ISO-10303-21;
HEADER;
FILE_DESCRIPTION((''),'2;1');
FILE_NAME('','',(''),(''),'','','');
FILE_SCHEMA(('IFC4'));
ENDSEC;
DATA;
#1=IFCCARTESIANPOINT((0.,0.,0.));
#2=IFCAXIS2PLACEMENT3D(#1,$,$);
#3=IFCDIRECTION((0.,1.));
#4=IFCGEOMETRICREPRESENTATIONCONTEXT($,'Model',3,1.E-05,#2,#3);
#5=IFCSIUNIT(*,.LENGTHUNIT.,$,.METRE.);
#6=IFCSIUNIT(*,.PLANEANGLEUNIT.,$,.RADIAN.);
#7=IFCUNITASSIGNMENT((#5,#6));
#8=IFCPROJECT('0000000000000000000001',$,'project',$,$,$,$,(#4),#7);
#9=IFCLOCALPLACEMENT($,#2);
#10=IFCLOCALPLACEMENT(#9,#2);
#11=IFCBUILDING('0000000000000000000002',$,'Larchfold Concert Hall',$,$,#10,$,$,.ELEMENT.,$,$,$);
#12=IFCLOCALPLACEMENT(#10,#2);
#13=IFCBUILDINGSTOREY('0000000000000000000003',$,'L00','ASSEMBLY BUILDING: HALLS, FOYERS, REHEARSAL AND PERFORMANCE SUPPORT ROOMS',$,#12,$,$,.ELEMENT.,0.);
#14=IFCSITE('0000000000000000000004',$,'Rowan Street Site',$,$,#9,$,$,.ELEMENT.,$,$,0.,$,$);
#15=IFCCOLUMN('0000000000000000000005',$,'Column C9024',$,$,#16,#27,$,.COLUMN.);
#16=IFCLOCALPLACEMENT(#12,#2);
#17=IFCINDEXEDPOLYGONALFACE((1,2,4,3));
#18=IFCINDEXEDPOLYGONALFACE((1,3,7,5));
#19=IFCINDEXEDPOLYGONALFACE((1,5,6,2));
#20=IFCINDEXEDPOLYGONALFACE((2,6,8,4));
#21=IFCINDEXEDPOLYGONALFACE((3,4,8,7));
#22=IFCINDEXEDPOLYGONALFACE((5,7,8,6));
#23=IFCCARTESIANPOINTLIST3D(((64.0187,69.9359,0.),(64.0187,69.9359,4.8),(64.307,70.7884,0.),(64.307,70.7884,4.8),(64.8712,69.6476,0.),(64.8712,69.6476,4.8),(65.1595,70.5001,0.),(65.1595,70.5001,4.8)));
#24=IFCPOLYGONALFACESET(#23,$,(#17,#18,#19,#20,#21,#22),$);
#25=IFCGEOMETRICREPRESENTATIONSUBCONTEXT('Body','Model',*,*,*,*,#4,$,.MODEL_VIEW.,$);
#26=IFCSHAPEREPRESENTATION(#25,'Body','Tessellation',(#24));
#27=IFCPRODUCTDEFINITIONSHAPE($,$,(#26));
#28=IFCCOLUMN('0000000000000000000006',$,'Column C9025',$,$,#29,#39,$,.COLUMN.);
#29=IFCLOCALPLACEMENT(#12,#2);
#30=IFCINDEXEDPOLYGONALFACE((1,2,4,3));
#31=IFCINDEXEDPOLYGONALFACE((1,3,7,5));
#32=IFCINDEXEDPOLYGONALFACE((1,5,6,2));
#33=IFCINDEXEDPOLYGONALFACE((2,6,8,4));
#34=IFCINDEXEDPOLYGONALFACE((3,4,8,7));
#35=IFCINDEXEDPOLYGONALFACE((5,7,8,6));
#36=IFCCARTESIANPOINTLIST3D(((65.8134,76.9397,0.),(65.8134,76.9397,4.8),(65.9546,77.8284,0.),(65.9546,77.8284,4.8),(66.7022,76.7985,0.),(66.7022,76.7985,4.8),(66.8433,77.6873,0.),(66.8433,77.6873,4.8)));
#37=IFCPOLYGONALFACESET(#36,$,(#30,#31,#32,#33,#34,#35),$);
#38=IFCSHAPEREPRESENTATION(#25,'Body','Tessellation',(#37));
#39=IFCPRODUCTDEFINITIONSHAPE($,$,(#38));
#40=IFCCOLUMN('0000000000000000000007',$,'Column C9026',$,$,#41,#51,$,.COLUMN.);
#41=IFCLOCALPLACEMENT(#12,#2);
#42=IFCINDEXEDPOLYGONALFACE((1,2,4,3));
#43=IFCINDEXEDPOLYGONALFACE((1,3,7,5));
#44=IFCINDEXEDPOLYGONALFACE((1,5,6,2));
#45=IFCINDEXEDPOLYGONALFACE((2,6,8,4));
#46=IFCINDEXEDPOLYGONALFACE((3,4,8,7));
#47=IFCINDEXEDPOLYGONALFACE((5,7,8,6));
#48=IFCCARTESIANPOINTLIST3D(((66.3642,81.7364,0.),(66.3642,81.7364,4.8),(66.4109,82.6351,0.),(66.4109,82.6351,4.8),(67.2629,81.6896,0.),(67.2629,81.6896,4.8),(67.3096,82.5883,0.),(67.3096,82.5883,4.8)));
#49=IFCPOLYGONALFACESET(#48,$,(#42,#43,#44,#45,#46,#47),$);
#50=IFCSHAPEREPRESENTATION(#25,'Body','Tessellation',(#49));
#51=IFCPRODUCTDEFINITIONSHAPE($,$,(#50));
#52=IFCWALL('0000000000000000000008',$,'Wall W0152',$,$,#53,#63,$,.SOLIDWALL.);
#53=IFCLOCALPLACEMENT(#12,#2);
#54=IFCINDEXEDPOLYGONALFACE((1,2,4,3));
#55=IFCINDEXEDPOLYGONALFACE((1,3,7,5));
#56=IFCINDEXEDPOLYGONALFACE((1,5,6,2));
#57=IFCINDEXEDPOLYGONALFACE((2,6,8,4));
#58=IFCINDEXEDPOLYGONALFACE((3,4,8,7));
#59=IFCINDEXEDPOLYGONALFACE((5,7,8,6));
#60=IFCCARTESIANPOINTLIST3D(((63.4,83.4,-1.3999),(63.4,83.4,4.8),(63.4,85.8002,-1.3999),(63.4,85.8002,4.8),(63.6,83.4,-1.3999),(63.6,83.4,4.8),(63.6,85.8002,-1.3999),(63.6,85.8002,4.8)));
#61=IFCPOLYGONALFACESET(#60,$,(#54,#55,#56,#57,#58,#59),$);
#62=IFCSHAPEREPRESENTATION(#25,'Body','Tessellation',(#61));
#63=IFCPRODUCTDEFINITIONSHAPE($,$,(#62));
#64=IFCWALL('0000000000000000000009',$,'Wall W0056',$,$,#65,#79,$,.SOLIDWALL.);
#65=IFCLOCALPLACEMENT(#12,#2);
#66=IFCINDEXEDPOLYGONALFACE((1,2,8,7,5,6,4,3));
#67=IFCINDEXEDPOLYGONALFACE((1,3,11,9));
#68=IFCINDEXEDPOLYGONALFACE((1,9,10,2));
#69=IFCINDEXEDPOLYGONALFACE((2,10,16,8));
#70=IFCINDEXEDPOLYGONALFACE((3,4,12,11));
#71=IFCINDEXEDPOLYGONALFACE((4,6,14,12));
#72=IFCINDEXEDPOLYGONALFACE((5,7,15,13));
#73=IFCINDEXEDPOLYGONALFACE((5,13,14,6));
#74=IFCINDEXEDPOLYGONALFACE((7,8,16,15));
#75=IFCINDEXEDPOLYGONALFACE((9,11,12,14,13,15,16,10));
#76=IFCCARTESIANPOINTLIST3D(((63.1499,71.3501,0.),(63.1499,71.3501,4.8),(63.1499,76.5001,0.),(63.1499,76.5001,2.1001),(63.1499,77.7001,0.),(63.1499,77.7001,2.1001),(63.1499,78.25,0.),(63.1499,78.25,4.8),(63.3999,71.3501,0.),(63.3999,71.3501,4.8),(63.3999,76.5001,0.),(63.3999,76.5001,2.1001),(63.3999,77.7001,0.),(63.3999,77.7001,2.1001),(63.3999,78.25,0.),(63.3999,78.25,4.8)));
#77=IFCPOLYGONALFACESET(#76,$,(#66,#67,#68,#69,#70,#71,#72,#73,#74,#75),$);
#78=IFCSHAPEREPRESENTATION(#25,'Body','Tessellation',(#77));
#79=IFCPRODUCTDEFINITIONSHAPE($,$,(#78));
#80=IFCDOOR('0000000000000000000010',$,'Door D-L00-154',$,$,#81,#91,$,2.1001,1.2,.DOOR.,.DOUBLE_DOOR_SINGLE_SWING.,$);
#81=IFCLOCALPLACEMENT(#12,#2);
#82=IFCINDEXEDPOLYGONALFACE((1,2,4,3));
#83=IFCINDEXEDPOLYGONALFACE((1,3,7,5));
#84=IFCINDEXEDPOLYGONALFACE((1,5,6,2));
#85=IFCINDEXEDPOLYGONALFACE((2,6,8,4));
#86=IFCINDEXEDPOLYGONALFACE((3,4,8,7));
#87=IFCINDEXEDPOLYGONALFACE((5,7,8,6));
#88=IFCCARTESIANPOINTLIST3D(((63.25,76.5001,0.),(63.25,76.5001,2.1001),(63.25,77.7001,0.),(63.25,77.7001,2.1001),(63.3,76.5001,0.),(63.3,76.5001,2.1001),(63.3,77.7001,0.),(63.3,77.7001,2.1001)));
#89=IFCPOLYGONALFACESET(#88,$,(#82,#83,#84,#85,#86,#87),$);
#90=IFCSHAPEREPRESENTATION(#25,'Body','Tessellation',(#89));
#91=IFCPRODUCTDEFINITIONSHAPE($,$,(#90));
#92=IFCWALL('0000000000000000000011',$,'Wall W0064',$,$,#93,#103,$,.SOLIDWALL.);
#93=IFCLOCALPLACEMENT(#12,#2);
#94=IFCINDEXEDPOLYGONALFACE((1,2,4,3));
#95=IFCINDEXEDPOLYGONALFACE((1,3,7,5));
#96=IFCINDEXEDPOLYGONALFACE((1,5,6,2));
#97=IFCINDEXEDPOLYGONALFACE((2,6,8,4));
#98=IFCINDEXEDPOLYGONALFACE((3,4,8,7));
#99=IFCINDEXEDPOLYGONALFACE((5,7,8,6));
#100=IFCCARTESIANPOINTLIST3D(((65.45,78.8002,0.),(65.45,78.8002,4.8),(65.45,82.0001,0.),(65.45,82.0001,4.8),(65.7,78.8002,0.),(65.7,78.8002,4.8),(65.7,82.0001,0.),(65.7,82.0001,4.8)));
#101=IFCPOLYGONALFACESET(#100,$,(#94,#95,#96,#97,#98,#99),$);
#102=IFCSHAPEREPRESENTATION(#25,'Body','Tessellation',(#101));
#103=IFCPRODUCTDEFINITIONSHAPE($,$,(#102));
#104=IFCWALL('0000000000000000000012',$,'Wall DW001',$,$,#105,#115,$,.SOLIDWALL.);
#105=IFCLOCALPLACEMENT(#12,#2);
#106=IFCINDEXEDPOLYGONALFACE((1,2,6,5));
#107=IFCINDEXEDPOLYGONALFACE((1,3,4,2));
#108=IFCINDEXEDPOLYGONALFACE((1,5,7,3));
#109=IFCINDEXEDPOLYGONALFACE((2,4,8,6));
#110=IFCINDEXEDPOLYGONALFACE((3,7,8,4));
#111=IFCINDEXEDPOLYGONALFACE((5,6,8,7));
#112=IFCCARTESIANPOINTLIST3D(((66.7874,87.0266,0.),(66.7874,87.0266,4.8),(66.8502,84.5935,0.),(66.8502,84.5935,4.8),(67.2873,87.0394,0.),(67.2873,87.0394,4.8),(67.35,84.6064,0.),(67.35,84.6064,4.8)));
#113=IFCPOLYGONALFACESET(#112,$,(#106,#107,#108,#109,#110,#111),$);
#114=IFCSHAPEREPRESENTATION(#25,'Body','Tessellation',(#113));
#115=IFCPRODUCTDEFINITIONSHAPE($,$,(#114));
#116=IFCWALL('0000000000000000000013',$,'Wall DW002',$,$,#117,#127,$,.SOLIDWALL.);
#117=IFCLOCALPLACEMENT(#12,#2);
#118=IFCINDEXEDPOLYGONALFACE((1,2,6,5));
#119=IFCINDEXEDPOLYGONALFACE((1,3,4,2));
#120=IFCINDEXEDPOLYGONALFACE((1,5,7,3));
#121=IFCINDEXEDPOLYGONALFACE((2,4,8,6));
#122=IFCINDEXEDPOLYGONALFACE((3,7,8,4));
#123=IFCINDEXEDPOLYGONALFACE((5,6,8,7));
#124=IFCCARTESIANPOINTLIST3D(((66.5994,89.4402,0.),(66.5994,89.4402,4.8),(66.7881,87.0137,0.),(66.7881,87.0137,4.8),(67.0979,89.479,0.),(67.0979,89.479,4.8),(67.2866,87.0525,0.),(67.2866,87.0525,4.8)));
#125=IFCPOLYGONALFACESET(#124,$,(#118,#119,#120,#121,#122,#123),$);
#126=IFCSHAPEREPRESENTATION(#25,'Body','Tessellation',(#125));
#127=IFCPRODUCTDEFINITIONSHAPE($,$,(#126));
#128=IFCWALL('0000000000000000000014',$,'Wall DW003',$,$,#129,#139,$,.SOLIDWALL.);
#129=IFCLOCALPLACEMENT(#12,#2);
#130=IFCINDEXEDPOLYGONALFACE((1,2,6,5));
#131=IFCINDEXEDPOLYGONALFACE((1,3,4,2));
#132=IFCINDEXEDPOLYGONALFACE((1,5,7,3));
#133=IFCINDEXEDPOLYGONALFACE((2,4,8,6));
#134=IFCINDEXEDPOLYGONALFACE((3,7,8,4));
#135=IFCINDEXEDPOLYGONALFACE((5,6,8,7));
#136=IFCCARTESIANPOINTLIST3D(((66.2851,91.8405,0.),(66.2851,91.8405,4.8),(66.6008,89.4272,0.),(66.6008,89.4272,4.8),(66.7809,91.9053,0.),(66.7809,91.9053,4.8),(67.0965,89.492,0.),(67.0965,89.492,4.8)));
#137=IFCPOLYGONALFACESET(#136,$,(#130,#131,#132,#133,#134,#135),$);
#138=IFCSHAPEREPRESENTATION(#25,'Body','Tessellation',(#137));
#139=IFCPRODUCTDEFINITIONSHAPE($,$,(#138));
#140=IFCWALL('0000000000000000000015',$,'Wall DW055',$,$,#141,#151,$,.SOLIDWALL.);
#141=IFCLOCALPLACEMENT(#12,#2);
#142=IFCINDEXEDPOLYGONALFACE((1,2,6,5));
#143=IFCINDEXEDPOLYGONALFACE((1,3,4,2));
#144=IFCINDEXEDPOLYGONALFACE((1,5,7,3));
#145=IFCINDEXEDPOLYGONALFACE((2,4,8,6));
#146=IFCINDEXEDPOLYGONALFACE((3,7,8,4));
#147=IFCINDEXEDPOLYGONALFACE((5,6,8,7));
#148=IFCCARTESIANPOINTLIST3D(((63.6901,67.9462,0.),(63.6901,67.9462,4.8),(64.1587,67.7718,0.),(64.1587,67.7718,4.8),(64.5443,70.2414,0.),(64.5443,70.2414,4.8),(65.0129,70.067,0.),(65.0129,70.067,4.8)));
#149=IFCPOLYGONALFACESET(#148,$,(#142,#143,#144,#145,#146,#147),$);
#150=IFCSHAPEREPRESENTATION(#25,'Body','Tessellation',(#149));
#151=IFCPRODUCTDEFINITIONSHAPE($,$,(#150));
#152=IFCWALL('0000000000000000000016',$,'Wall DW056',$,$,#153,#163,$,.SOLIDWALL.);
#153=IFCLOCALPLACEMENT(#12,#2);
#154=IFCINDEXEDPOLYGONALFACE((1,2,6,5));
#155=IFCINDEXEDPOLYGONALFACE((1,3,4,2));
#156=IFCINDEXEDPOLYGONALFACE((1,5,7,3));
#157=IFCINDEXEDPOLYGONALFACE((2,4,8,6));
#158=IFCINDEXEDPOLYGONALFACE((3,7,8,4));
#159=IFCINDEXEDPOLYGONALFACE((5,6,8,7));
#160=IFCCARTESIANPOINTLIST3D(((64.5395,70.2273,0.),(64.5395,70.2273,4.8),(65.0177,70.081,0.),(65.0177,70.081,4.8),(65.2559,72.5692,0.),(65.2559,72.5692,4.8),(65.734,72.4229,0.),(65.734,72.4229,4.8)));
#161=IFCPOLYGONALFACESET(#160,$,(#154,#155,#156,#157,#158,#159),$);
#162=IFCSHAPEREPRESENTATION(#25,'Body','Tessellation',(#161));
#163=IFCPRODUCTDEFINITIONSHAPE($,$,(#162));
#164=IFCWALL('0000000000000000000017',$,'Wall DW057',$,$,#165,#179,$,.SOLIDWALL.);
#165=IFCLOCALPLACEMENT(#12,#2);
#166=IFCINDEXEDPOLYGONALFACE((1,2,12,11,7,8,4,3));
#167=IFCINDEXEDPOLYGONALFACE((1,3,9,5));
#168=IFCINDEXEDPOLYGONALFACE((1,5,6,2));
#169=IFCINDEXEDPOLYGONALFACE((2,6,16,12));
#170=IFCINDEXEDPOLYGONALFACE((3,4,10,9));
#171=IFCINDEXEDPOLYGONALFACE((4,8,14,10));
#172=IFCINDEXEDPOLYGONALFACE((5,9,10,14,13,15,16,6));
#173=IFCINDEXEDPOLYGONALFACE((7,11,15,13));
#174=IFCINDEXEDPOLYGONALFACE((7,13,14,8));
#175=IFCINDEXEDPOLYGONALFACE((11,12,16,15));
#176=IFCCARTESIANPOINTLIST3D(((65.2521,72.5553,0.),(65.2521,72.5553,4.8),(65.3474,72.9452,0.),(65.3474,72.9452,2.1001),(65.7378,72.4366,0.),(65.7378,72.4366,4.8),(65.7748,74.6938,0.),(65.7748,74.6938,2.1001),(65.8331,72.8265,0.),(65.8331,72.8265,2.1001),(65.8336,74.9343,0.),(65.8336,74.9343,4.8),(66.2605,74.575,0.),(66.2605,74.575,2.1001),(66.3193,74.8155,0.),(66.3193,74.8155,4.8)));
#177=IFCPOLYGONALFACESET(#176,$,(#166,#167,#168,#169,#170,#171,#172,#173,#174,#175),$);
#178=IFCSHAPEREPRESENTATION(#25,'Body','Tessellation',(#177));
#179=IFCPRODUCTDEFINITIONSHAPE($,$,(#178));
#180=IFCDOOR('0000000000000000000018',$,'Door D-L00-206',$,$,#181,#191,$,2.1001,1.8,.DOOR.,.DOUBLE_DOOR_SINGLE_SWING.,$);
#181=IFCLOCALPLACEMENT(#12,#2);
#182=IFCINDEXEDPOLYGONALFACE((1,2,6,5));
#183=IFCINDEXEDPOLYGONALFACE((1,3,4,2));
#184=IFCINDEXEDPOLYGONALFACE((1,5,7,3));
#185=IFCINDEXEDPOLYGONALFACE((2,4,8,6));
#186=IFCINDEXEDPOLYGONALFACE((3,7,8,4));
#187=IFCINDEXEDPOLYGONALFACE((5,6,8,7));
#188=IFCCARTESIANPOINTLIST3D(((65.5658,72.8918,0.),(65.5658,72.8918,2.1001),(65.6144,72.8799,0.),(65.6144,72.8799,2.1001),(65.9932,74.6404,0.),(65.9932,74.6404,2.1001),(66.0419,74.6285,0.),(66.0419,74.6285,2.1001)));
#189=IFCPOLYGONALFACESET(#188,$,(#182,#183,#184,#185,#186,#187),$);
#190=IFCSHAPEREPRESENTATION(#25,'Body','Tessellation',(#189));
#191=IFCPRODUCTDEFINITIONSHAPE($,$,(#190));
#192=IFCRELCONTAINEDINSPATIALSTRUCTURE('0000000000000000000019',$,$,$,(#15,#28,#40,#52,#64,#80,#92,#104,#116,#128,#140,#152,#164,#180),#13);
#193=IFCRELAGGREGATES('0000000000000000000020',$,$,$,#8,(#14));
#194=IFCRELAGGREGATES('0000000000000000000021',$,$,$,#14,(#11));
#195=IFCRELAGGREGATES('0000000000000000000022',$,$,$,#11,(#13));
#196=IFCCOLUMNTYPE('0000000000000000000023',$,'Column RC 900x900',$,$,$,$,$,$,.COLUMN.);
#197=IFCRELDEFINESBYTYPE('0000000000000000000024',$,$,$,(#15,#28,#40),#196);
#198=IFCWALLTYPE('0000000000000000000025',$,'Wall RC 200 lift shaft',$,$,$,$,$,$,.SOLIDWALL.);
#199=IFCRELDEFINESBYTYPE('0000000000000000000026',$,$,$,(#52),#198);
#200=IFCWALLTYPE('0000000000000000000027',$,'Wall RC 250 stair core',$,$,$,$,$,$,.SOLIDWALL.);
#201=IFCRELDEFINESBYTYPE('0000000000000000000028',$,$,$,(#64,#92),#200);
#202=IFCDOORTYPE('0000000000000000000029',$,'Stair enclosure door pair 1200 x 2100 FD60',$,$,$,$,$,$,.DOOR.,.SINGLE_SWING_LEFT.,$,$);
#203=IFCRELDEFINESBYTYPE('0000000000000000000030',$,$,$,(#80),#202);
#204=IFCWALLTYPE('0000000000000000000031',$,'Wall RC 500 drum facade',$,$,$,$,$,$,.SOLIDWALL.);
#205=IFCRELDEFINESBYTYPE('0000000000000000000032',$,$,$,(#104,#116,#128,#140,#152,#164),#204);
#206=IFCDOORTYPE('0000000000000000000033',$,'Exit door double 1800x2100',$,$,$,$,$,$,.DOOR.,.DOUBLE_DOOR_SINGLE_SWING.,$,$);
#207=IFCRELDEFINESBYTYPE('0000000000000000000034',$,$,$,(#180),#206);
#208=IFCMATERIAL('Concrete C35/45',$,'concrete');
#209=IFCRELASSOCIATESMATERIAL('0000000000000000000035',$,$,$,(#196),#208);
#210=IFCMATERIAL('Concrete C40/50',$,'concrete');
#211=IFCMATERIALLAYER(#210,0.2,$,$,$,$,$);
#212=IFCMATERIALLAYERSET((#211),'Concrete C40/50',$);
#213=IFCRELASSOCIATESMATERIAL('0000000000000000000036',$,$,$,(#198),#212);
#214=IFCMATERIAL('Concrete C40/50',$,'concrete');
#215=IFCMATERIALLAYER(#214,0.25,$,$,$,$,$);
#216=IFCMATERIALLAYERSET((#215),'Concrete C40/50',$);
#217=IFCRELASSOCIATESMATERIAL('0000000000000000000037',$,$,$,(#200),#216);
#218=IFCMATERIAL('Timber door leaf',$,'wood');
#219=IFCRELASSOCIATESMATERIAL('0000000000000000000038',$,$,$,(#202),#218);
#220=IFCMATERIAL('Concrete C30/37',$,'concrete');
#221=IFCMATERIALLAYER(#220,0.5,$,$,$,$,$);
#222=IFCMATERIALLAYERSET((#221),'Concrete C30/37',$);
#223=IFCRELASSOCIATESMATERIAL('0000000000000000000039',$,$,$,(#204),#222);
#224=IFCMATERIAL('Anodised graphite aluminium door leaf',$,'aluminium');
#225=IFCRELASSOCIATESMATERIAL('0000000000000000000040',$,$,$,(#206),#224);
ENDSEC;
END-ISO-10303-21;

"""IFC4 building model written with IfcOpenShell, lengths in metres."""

from ifc_helpers import new_model, si_unit, direction, frame, frame_2d, origin, origin_2d, place, context, subcontext, project, spatial, rectangle, extrude, material, layer, layer_set, material_profile, profile_set, type_object, element, fill, save


model = new_model("IFC4")

# Units and contexts
model_context = context("Model", 3, precision=1e-05, world=origin(), true_north=direction((0.0, 1.0)))
body_context = subcontext(model_context, "Body", "Model", "MODEL_VIEW")
ifc_project = project(units=[si_unit("LENGTHUNIT", "METRE"), si_unit("PLANEANGLEUNIT", "RADIAN")], contexts=[model_context])

# Site, building, storey
site_placement = place(None, origin())
site = spatial("IfcSite", under=ifc_project, at=site_placement, Name="Rowan Street Site", CompositionType="ELEMENT", RefElevation=0.0)
building_placement = place(site_placement, origin())
building = spatial("IfcBuilding", under=site, at=building_placement, Name="Larchfold Concert Hall", CompositionType="ELEMENT")
storey_placement = place(building_placement, origin())
storey = spatial("IfcBuildingStorey", under=building, at=storey_placement, Name="L00", Description="ASSEMBLY BUILDING: HALLS, FOYERS, REHEARSAL AND PERFORMANCE SUPPORT ROOMS", CompositionType="ELEMENT", Elevation=0.0)

# Columns
ifc_material_1 = material(Name="Concrete C35/45", Category="concrete")
ifc_material_profile_1 = material_profile(ifc_material_1, rectangle(XDim=0.8999, YDim=0.8999, at=origin_2d()))
ifc_profile_set_1 = profile_set([ifc_material_profile_1], Name="Concrete C35/45")
column_type_1 = type_object("IfcColumnType", Name="Column RC 900x900", PredefinedType="COLUMN", material=ifc_profile_set_1)
for number, where, z_axis, x_axis, name in (
    (1, (64.5891, 70.218, 0.0), (0.0, 0.0, 1.0), (0.320383, 0.947288, 0.0), "Column C9024"),
    (2, (66.3284, 77.3135, 0.0), (0.0, 0.0, 1.0), (0.156847, 0.987623, 0.0), "Column C9025"),
    (3, (66.8369, 82.1624, 0.0), (0.0, 0.0, 1.0), (0.05195, 0.99865, 0.0), "Column C9026"),
):
    element("IfcColumn", number, at=place(storey_placement, frame(where, z_axis=z_axis, x_axis=x_axis)), inside=storey, type_object=column_type_1, Name=name, PredefinedType="COLUMN", context=body_context, shape_type="SweptSolid", body=[
        extrude(rectangle(XDim=0.8999, YDim=0.8999, at=origin_2d()), origin(), (0.0, 0.0, 1.0), 4.8),
    ])

# Wall
ifc_material_2 = material(Name="Concrete C40/50", Category="concrete")
ifc_layer_1 = layer(ifc_material_2, 0.2)
ifc_layer_set_1 = layer_set([ifc_layer_1], Name="Concrete C40/50")
wall_type_1 = type_object("IfcWallType", Name="Wall RC 200 lift shaft", PredefinedType="SOLIDWALL", material=ifc_layer_set_1)
wall_1_placement = place(storey_placement, frame((63.5, 83.3999, -1.3999), z_axis=(0.0, 0.0, 1.0), x_axis=(0.0, 1.0, 0.0)))
element("IfcWall", 4, at=wall_1_placement, inside=storey, type_object=wall_type_1, Name="Wall W0152", PredefinedType="SOLIDWALL", context=body_context, shape_type="SweptSolid", body=[
    extrude(rectangle(XDim=2.4001, YDim=0.2, at=frame_2d((1.2002, 0.0))), origin(), (0.0, 0.0, 1.0), 6.2),
])

# Wall, opening, door
ifc_material_3 = material(Name="Concrete C40/50", Category="concrete")
ifc_layer_2 = layer(ifc_material_3, 0.25)
ifc_layer_set_2 = layer_set([ifc_layer_2], Name="Concrete C40/50")
wall_type_2 = type_object("IfcWallType", Name="Wall RC 250 stair core", PredefinedType="SOLIDWALL", material=ifc_layer_set_2)
wall_2_placement = place(storey_placement, frame((63.2749, 71.3501, 0.0), z_axis=(0.0, 0.0, 1.0), x_axis=(0.0, 1.0, 0.0)))
wall_2 = element("IfcWall", 5, at=wall_2_placement, inside=storey, type_object=wall_type_2, Name="Wall W0056", PredefinedType="SOLIDWALL", context=body_context, shape_type="SweptSolid", body=[
    extrude(rectangle(XDim=6.8999, YDim=0.25, at=frame_2d((3.45, 0.0))), origin(), (0.0, 0.0, 1.0), 4.8),
])
opening_1_placement = place(wall_2_placement, frame((5.1499, 0.0, 0.0)))
opening_1 = element("IfcOpeningElement", 6, at=opening_1_placement, cuts=wall_2, PredefinedType="OPENING", context=body_context, shape_type="SweptSolid", body=[
    extrude(rectangle(XDim=1.2, YDim=2.1001, at=frame_2d((0.6001, 1.05))), frame((0.0, 0.135, 0.0), z_axis=(0.0, -1.0, 0.0), x_axis=(1.0, 0.0, 0.0)), (0.0, 0.0, 1.0), 0.27),
])
ifc_material_4 = material(Name="Timber door leaf", Category="wood")
door_type_1 = type_object("IfcDoorType", Name="Stair enclosure door pair 1200 x 2100 FD60", OperationType="SINGLE_SWING_LEFT", PredefinedType="DOOR", material=ifc_material_4)
door_1_placement = place(opening_1_placement, origin())
door_1 = element("IfcDoor", 7, at=door_1_placement, inside=storey, type_object=door_type_1, Name="Door D-L00-154", OperationType="DOUBLE_DOOR_SINGLE_SWING", OverallHeight=2.1001, OverallWidth=1.2, PredefinedType="DOOR", context=body_context, shape_type="SweptSolid", body=[
    extrude(rectangle(XDim=1.2, YDim=2.1001, at=frame_2d((0.6001, 1.05))), frame((0.0, 0.0249, 0.0), z_axis=(0.0, -1.0, 0.0), x_axis=(1.0, 0.0, 0.0)), (0.0, 0.0, 1.0), 0.05),
])
fill(opening_1, door_1)

# Walls
wall_3_placement = place(storey_placement, frame((65.575, 78.8, 0.0), z_axis=(0.0, 0.0, 1.0), x_axis=(0.0, 1.0, 0.0)))
element("IfcWall", 8, at=wall_3_placement, inside=storey, type_object=wall_type_2, Name="Wall W0064", PredefinedType="SOLIDWALL", context=body_context, shape_type="SweptSolid", body=[
    extrude(rectangle(XDim=3.2, YDim=0.25, at=frame_2d((1.6001, 0.0))), origin(), (0.0, 0.0, 1.0), 4.8),
])
ifc_material_5 = material(Name="Concrete C30/37", Category="concrete")
ifc_layer_3 = layer(ifc_material_5, 0.5)
ifc_layer_set_3 = layer_set([ifc_layer_3], Name="Concrete C30/37")
wall_type_3 = type_object("IfcWallType", Name="Wall RC 500 drum facade", PredefinedType="SOLIDWALL", material=ifc_layer_set_3)
for number, where, z_axis, x_axis, name in (
    (9, (67.1001, 84.6001, 0.0), (0.0, 0.0, 1.0), (-0.025779, 0.999668, 0.0), "Wall DW001"),
    (10, (67.0374, 87.0332, 0.0), (0.0, 0.0, 1.0), (-0.07754, 0.996989, 0.0), "Wall DW002"),
    (11, (66.8486, 89.4597, 0.0), (0.0, 0.0, 1.0), (-0.129699, 0.991553, 0.0), "Wall DW003"),
):
    element("IfcWall", number, at=place(storey_placement, frame(where, z_axis=z_axis, x_axis=x_axis)), inside=storey, type_object=wall_type_3, Name=name, PredefinedType="SOLIDWALL", context=body_context, shape_type="SweptSolid", body=[
        extrude(rectangle(XDim=2.4338, YDim=0.5, at=frame_2d((1.2168, 0.0))), origin(), (0.0, 0.0, 1.0), 4.8),
    ])
for number, where, z_axis, x_axis, name in (
    (12, (63.9243, 67.8589, 0.0), (0.0, 0.0, 1.0), (0.348817, 0.937191, 0.0), "Wall DW055"),
    (13, (64.7786, 70.1541, 0.0), (0.0, 0.0, 1.0), (0.292502, 0.956265, 0.0), "Wall DW056"),
):
    element("IfcWall", number, at=place(storey_placement, frame(where, z_axis=z_axis, x_axis=x_axis)), inside=storey, type_object=wall_type_3, Name=name, PredefinedType="SOLIDWALL", context=body_context, shape_type="SweptSolid", body=[
        extrude(rectangle(XDim=2.449, YDim=0.5, at=frame_2d((1.2246, 0.0))), origin(), (0.0, 0.0, 1.0), 4.8),
    ])

# Wall, opening, door
wall_4_placement = place(storey_placement, frame((65.4949, 72.4958, 0.0), z_axis=(0.0, 0.0, 1.0), x_axis=(0.237466, 0.971396, 0.0)))
wall_4 = element("IfcWall", 14, at=wall_4_placement, inside=storey, type_object=wall_type_3, Name="Wall DW057", PredefinedType="SOLIDWALL", context=body_context, shape_type="SweptSolid", body=[
    extrude(rectangle(XDim=2.449, YDim=0.5, at=frame_2d((1.2246, 0.0))), origin(), (0.0, 0.0, 1.0), 4.8),
])
opening_2_placement = place(wall_4_placement, frame((2.2014, 0.0, 0.0), z_axis=(0.0, 0.0, 1.0), x_axis=(-1.0, 0.0, 0.0)))
opening_2 = element("IfcOpeningElement", 15, at=opening_2_placement, cuts=wall_4, PredefinedType="OPENING", context=body_context, shape_type="SweptSolid", body=[
    extrude(rectangle(XDim=1.8, YDim=2.1001, at=frame_2d((0.8999, 1.05))), frame((0.0, 0.26, 0.0), z_axis=(0.0, -1.0, 0.0), x_axis=(1.0, 0.0, 0.0)), (0.0, 0.0, 1.0), 0.52),
])
ifc_material_6 = material(Name="Anodised graphite aluminium door leaf", Category="aluminium")
door_type_2 = type_object("IfcDoorType", Name="Exit door double 1800x2100", OperationType="DOUBLE_DOOR_SINGLE_SWING", PredefinedType="DOOR", material=ifc_material_6)
door_2_placement = place(opening_2_placement, origin())
door_2 = element("IfcDoor", 16, at=door_2_placement, inside=storey, type_object=door_type_2, Name="Door D-L00-206", OperationType="DOUBLE_DOOR_SINGLE_SWING", OverallHeight=2.1001, OverallWidth=1.8, PredefinedType="DOOR", context=body_context, shape_type="SweptSolid", body=[
    extrude(rectangle(XDim=1.8, YDim=2.1001, at=frame_2d((0.8999, 1.05))), frame((0.0, 0.0249, 0.0), z_axis=(0.0, -1.0, 0.0), x_axis=(1.0, 0.0, 0.0)), (0.0, 0.0, 1.0), 0.05),
])
fill(opening_2, door_2)

save(model, "model.ifc")
